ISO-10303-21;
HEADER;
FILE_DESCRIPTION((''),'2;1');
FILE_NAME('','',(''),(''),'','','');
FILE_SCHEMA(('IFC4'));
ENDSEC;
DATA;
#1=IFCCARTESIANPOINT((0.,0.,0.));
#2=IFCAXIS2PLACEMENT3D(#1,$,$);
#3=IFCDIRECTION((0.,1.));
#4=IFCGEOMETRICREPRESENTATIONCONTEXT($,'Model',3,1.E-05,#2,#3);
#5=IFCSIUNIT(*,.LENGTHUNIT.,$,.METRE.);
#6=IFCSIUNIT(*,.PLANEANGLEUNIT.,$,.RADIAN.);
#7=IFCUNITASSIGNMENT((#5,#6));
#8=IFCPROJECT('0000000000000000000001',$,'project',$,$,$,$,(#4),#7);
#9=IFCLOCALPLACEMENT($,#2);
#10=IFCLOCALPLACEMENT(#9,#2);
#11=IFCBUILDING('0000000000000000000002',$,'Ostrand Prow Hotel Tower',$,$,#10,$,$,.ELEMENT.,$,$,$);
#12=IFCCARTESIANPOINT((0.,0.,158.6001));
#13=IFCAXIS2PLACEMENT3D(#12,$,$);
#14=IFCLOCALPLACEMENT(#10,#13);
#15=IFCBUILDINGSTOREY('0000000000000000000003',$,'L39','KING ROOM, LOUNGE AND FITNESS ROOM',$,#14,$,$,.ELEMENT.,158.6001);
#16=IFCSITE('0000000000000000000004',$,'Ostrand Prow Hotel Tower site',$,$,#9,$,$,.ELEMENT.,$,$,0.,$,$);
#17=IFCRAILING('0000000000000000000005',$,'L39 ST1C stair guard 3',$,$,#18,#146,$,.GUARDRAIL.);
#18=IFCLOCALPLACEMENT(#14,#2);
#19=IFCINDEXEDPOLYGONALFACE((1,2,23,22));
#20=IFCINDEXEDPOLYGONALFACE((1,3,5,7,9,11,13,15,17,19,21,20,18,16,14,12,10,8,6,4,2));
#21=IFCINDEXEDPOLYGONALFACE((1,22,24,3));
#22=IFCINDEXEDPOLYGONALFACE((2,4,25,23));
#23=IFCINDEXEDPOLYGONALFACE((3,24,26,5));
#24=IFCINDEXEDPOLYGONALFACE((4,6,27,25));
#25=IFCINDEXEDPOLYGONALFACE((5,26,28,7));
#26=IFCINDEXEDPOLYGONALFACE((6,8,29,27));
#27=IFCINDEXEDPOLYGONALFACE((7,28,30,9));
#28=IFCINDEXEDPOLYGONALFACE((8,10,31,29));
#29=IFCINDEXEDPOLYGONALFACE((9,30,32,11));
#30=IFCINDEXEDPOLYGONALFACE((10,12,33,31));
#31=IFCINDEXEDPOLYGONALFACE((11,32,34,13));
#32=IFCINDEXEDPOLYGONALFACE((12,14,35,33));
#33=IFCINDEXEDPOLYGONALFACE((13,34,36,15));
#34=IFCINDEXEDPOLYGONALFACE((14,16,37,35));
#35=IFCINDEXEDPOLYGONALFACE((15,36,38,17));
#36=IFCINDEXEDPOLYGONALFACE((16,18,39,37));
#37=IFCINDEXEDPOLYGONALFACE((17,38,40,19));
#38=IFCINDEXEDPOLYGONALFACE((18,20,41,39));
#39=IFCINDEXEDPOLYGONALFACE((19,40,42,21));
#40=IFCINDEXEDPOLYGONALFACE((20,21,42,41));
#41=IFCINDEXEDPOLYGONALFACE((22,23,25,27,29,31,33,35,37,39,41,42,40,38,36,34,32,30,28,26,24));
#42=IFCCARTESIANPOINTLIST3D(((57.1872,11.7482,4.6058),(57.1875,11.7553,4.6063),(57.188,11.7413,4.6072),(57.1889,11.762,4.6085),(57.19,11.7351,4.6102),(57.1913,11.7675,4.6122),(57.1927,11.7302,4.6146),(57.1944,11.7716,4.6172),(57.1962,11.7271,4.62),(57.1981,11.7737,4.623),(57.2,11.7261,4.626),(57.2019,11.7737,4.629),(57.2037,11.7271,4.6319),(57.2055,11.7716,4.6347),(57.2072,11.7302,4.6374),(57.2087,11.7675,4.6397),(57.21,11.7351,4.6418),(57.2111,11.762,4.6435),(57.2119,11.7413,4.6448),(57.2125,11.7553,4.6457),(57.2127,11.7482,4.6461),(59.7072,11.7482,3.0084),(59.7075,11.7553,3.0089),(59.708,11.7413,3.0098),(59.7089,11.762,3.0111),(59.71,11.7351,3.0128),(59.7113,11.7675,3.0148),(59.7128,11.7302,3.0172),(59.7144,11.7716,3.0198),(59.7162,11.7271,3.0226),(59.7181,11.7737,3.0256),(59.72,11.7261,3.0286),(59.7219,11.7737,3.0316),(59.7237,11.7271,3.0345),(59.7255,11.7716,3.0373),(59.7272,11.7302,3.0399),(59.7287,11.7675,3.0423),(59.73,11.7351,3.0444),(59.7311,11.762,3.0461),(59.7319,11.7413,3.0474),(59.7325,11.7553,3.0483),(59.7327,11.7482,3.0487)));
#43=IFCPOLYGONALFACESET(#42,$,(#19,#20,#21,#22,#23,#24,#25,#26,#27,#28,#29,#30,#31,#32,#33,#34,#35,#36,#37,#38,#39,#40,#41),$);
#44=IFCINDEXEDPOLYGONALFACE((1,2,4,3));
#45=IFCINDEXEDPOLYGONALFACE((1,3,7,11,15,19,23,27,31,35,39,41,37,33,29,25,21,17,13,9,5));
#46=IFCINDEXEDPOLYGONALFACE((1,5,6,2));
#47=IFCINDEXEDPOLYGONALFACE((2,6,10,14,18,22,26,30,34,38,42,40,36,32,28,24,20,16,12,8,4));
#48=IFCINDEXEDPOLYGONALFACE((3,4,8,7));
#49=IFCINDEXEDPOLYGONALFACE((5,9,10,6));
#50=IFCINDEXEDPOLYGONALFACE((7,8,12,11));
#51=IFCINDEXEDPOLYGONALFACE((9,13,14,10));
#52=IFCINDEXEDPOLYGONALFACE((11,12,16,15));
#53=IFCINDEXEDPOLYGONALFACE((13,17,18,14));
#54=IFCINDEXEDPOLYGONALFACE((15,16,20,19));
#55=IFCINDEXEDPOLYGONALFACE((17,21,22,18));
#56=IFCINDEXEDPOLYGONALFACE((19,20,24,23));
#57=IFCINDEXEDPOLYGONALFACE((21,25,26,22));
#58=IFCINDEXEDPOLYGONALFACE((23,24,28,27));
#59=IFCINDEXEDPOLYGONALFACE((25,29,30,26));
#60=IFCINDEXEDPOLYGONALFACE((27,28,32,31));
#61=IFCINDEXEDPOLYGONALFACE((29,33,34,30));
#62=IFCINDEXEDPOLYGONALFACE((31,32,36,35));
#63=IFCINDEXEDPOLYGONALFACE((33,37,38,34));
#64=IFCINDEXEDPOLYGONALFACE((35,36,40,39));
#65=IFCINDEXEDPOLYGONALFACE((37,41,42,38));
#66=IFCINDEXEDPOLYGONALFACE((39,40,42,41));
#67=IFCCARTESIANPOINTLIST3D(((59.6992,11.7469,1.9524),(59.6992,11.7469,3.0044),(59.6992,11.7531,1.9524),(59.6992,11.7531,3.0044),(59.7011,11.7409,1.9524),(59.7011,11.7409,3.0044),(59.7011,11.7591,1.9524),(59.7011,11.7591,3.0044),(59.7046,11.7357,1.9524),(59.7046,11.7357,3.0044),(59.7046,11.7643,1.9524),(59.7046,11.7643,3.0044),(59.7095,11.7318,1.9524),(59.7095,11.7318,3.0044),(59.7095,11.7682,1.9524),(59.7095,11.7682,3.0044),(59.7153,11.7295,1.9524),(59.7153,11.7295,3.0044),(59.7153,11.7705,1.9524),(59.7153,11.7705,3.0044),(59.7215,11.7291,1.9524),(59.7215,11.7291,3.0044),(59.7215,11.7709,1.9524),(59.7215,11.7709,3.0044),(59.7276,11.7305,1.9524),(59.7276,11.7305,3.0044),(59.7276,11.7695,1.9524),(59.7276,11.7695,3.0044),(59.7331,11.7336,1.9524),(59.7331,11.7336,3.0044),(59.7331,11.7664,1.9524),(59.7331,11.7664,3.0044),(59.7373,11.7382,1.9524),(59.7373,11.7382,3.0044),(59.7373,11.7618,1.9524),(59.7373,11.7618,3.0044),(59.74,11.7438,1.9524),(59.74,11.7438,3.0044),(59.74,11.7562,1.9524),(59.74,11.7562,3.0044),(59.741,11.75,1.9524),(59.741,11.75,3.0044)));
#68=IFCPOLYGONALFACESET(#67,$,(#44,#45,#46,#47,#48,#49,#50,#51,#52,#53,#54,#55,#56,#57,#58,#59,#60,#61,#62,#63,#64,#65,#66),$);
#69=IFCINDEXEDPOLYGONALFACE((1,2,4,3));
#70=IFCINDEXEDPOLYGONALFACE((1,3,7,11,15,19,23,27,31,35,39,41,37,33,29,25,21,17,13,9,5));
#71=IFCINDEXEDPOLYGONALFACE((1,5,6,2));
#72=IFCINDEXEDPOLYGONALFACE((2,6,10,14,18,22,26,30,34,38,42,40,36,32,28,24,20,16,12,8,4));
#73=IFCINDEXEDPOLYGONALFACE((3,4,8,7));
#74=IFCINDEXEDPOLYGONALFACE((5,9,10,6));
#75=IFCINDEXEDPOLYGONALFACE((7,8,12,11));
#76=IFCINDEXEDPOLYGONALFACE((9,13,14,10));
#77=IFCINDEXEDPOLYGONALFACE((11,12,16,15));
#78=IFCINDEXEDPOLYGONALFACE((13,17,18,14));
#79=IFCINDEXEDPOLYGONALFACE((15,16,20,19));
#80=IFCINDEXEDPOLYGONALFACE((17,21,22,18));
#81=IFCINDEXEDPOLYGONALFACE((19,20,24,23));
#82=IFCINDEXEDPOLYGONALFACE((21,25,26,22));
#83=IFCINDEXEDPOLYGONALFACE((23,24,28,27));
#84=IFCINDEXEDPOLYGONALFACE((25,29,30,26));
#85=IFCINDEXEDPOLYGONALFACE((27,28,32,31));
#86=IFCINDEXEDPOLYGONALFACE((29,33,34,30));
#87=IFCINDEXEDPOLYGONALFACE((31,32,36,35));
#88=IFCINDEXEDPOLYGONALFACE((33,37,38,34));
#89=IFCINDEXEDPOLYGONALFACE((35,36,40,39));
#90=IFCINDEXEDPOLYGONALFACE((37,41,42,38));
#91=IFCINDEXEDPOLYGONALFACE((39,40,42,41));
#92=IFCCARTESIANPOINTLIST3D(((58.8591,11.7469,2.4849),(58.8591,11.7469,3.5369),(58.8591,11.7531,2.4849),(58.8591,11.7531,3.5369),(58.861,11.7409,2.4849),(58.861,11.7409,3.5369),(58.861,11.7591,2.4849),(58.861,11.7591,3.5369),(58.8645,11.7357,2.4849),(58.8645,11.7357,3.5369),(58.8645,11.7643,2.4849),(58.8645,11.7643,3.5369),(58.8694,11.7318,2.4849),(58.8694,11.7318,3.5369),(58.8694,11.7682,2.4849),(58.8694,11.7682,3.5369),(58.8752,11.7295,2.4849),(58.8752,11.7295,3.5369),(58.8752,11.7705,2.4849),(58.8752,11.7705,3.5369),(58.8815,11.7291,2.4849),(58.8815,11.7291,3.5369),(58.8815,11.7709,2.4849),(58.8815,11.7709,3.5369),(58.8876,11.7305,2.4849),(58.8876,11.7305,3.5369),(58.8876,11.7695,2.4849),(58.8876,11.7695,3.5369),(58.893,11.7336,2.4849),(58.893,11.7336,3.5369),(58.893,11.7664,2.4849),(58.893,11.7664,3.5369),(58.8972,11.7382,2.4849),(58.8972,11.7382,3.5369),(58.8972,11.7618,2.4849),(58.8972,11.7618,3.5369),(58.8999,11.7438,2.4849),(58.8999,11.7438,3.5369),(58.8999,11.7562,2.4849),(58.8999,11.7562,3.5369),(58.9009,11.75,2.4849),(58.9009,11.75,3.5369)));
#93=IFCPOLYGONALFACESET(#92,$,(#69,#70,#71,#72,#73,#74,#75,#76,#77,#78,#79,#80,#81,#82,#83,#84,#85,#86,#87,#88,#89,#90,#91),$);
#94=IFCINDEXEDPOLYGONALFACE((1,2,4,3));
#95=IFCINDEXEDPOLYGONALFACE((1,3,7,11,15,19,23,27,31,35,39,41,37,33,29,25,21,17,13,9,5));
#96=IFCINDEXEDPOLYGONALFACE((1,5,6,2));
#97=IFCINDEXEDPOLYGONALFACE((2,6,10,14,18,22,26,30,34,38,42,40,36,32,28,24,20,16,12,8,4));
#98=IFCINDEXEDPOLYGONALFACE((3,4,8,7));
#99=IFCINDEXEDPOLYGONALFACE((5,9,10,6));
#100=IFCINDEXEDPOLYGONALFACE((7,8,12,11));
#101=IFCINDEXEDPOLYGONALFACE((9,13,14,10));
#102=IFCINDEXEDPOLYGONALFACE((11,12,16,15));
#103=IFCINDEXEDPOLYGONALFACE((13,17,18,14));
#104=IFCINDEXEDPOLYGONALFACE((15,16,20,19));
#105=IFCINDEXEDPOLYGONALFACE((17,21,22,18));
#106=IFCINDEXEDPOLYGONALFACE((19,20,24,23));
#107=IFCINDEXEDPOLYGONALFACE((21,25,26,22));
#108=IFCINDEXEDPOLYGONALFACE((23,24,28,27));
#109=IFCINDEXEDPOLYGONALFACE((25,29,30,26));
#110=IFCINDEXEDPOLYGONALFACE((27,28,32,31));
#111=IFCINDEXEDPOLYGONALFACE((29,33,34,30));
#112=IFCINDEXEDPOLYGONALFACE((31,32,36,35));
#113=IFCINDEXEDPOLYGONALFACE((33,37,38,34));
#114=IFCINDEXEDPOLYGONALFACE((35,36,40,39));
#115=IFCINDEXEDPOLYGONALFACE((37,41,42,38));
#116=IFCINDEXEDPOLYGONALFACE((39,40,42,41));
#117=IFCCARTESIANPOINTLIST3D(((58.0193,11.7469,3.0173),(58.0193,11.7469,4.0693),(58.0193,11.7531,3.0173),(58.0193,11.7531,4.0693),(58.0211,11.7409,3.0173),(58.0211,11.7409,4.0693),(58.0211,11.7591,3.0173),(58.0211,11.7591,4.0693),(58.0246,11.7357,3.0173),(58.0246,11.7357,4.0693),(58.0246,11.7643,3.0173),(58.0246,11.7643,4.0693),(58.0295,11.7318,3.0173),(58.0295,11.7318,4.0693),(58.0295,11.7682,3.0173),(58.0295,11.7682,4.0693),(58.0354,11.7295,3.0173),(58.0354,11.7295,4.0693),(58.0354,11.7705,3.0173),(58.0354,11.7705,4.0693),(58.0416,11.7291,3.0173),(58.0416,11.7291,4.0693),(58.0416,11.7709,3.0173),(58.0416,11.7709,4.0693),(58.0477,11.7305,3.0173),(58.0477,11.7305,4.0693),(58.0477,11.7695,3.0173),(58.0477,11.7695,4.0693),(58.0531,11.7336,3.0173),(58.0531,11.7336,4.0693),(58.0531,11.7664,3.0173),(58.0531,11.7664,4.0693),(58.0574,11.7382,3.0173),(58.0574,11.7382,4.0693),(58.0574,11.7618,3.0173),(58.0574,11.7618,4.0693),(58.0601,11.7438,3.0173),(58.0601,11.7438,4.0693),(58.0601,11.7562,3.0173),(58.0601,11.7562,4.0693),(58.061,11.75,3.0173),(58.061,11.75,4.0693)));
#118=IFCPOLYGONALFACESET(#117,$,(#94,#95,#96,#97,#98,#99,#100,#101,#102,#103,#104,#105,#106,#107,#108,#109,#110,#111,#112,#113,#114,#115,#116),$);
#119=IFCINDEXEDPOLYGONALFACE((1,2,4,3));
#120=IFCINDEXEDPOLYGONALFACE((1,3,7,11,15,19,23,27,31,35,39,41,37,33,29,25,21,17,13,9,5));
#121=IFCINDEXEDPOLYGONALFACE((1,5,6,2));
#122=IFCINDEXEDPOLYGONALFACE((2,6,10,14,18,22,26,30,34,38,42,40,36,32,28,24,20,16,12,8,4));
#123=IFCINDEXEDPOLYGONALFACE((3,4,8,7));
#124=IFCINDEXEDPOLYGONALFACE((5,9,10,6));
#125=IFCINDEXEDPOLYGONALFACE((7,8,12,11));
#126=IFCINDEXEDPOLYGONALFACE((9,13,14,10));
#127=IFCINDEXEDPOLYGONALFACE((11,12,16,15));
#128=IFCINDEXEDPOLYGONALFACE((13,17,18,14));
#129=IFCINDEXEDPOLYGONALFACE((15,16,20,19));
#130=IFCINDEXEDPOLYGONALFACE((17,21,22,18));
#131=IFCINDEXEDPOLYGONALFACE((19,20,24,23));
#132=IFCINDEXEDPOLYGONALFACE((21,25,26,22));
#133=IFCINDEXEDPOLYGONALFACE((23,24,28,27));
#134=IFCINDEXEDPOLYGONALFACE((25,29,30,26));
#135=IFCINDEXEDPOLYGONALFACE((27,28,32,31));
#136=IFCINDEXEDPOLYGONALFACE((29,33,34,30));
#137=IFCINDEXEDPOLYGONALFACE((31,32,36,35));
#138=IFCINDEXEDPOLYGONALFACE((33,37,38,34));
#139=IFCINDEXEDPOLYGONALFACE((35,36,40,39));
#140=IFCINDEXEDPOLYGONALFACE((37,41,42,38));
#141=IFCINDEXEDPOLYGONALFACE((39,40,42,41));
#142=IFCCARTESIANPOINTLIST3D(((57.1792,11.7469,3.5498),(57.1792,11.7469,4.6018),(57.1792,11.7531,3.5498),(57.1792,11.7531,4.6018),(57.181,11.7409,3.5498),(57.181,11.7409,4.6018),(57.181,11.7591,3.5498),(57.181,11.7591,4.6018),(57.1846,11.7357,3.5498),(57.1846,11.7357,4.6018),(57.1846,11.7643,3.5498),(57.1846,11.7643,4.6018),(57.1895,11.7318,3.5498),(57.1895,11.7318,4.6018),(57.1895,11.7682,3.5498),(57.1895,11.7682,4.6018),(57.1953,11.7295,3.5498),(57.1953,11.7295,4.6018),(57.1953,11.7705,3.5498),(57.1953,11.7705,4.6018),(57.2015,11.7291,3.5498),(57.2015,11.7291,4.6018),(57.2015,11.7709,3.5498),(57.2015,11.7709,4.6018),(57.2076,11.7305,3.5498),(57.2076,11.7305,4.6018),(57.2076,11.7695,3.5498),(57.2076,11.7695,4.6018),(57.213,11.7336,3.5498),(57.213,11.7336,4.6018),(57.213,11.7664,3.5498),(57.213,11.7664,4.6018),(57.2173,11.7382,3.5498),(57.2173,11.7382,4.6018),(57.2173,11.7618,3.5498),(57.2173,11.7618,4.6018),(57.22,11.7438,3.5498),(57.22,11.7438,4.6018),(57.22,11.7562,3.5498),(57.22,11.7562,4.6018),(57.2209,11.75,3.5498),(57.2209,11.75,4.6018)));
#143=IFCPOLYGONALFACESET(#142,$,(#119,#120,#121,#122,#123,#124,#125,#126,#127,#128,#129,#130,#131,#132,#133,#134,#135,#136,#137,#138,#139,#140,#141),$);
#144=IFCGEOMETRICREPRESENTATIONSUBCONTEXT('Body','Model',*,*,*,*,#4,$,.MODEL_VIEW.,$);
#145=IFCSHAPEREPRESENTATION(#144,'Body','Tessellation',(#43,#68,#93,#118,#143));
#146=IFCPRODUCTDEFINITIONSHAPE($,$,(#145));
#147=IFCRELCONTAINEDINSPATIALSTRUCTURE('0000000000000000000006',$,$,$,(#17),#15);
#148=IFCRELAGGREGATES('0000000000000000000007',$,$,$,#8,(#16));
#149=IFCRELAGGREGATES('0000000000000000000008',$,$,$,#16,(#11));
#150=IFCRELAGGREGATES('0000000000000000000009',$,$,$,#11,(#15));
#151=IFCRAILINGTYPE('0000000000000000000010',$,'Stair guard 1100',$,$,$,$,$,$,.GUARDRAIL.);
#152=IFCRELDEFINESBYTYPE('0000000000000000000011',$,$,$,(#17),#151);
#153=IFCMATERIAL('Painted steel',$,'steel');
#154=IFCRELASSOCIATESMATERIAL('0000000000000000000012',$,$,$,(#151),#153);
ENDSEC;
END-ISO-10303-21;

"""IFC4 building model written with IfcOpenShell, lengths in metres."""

from ifc_helpers import new_model, si_unit, direction, frame, origin, origin_2d, place, context, subcontext, project, spatial, circle, extrude, material, type_object, element, save


model = new_model("IFC4")

# Units and contexts
model_context = context("Model", 3, precision=1e-05, world=origin(), true_north=direction((0.0, 1.0)))
body_context = subcontext(model_context, "Body", "Model", "MODEL_VIEW")
ifc_project = project(units=[si_unit("LENGTHUNIT", "METRE"), si_unit("PLANEANGLEUNIT", "RADIAN")], contexts=[model_context])

# Site, building, storey
site_placement = place(None, origin())
site = spatial("IfcSite", under=ifc_project, at=site_placement, Name="Ostrand Prow Hotel Tower site", CompositionType="ELEMENT", RefElevation=0.0)
building_placement = place(site_placement, origin())
building = spatial("IfcBuilding", under=site, at=building_placement, Name="Ostrand Prow Hotel Tower", CompositionType="ELEMENT")
storey_placement = place(building_placement, frame((0.0, 0.0, 158.6001)))
storey = spatial("IfcBuildingStorey", under=building, at=storey_placement, Name="L39", Description="KING ROOM, LOUNGE AND FITNESS ROOM", CompositionType="ELEMENT", Elevation=158.6001)

# Railing
ifc_material_1 = material(Name="Painted steel", Category="steel")
railing_type_1 = type_object("IfcRailingType", Name="Stair guard 1100", PredefinedType="GUARDRAIL", material=ifc_material_1)
railing_1_placement = place(storey_placement, frame((59.72, 11.75, 1.9524)))
element("IfcRailing", 1, at=railing_1_placement, inside=storey, type_object=railing_type_1, Name="L39 ST1C stair guard 3", PredefinedType="GUARDRAIL", context=body_context, shape_type="SweptSolid", body=[
    extrude(circle(Radius=0.0239, at=origin_2d()), frame((0.0, 0.0, 1.0762), z_axis=(-0.844607, 0.0, 0.535387), x_axis=(0.0, -1.0, 0.0)), (0.0, 0.0, 1.0), 2.9836),
    extrude(circle(Radius=0.021, at=origin_2d()), origin(), (0.0, 0.0, 1.0), 1.052),
    extrude(circle(Radius=0.021, at=origin_2d()), frame((-0.8401, 0.0, 0.5325)), (0.0, 0.0, 1.0), 1.052),
    extrude(circle(Radius=0.021, at=origin_2d()), frame((-1.6799, 0.0, 1.0649)), (0.0, 0.0, 1.0), 1.052),
    extrude(circle(Radius=0.021, at=origin_2d()), frame((-2.52, 0.0, 1.5974)), (0.0, 0.0, 1.0), 1.052),
])

save(model, "model.ifc")
